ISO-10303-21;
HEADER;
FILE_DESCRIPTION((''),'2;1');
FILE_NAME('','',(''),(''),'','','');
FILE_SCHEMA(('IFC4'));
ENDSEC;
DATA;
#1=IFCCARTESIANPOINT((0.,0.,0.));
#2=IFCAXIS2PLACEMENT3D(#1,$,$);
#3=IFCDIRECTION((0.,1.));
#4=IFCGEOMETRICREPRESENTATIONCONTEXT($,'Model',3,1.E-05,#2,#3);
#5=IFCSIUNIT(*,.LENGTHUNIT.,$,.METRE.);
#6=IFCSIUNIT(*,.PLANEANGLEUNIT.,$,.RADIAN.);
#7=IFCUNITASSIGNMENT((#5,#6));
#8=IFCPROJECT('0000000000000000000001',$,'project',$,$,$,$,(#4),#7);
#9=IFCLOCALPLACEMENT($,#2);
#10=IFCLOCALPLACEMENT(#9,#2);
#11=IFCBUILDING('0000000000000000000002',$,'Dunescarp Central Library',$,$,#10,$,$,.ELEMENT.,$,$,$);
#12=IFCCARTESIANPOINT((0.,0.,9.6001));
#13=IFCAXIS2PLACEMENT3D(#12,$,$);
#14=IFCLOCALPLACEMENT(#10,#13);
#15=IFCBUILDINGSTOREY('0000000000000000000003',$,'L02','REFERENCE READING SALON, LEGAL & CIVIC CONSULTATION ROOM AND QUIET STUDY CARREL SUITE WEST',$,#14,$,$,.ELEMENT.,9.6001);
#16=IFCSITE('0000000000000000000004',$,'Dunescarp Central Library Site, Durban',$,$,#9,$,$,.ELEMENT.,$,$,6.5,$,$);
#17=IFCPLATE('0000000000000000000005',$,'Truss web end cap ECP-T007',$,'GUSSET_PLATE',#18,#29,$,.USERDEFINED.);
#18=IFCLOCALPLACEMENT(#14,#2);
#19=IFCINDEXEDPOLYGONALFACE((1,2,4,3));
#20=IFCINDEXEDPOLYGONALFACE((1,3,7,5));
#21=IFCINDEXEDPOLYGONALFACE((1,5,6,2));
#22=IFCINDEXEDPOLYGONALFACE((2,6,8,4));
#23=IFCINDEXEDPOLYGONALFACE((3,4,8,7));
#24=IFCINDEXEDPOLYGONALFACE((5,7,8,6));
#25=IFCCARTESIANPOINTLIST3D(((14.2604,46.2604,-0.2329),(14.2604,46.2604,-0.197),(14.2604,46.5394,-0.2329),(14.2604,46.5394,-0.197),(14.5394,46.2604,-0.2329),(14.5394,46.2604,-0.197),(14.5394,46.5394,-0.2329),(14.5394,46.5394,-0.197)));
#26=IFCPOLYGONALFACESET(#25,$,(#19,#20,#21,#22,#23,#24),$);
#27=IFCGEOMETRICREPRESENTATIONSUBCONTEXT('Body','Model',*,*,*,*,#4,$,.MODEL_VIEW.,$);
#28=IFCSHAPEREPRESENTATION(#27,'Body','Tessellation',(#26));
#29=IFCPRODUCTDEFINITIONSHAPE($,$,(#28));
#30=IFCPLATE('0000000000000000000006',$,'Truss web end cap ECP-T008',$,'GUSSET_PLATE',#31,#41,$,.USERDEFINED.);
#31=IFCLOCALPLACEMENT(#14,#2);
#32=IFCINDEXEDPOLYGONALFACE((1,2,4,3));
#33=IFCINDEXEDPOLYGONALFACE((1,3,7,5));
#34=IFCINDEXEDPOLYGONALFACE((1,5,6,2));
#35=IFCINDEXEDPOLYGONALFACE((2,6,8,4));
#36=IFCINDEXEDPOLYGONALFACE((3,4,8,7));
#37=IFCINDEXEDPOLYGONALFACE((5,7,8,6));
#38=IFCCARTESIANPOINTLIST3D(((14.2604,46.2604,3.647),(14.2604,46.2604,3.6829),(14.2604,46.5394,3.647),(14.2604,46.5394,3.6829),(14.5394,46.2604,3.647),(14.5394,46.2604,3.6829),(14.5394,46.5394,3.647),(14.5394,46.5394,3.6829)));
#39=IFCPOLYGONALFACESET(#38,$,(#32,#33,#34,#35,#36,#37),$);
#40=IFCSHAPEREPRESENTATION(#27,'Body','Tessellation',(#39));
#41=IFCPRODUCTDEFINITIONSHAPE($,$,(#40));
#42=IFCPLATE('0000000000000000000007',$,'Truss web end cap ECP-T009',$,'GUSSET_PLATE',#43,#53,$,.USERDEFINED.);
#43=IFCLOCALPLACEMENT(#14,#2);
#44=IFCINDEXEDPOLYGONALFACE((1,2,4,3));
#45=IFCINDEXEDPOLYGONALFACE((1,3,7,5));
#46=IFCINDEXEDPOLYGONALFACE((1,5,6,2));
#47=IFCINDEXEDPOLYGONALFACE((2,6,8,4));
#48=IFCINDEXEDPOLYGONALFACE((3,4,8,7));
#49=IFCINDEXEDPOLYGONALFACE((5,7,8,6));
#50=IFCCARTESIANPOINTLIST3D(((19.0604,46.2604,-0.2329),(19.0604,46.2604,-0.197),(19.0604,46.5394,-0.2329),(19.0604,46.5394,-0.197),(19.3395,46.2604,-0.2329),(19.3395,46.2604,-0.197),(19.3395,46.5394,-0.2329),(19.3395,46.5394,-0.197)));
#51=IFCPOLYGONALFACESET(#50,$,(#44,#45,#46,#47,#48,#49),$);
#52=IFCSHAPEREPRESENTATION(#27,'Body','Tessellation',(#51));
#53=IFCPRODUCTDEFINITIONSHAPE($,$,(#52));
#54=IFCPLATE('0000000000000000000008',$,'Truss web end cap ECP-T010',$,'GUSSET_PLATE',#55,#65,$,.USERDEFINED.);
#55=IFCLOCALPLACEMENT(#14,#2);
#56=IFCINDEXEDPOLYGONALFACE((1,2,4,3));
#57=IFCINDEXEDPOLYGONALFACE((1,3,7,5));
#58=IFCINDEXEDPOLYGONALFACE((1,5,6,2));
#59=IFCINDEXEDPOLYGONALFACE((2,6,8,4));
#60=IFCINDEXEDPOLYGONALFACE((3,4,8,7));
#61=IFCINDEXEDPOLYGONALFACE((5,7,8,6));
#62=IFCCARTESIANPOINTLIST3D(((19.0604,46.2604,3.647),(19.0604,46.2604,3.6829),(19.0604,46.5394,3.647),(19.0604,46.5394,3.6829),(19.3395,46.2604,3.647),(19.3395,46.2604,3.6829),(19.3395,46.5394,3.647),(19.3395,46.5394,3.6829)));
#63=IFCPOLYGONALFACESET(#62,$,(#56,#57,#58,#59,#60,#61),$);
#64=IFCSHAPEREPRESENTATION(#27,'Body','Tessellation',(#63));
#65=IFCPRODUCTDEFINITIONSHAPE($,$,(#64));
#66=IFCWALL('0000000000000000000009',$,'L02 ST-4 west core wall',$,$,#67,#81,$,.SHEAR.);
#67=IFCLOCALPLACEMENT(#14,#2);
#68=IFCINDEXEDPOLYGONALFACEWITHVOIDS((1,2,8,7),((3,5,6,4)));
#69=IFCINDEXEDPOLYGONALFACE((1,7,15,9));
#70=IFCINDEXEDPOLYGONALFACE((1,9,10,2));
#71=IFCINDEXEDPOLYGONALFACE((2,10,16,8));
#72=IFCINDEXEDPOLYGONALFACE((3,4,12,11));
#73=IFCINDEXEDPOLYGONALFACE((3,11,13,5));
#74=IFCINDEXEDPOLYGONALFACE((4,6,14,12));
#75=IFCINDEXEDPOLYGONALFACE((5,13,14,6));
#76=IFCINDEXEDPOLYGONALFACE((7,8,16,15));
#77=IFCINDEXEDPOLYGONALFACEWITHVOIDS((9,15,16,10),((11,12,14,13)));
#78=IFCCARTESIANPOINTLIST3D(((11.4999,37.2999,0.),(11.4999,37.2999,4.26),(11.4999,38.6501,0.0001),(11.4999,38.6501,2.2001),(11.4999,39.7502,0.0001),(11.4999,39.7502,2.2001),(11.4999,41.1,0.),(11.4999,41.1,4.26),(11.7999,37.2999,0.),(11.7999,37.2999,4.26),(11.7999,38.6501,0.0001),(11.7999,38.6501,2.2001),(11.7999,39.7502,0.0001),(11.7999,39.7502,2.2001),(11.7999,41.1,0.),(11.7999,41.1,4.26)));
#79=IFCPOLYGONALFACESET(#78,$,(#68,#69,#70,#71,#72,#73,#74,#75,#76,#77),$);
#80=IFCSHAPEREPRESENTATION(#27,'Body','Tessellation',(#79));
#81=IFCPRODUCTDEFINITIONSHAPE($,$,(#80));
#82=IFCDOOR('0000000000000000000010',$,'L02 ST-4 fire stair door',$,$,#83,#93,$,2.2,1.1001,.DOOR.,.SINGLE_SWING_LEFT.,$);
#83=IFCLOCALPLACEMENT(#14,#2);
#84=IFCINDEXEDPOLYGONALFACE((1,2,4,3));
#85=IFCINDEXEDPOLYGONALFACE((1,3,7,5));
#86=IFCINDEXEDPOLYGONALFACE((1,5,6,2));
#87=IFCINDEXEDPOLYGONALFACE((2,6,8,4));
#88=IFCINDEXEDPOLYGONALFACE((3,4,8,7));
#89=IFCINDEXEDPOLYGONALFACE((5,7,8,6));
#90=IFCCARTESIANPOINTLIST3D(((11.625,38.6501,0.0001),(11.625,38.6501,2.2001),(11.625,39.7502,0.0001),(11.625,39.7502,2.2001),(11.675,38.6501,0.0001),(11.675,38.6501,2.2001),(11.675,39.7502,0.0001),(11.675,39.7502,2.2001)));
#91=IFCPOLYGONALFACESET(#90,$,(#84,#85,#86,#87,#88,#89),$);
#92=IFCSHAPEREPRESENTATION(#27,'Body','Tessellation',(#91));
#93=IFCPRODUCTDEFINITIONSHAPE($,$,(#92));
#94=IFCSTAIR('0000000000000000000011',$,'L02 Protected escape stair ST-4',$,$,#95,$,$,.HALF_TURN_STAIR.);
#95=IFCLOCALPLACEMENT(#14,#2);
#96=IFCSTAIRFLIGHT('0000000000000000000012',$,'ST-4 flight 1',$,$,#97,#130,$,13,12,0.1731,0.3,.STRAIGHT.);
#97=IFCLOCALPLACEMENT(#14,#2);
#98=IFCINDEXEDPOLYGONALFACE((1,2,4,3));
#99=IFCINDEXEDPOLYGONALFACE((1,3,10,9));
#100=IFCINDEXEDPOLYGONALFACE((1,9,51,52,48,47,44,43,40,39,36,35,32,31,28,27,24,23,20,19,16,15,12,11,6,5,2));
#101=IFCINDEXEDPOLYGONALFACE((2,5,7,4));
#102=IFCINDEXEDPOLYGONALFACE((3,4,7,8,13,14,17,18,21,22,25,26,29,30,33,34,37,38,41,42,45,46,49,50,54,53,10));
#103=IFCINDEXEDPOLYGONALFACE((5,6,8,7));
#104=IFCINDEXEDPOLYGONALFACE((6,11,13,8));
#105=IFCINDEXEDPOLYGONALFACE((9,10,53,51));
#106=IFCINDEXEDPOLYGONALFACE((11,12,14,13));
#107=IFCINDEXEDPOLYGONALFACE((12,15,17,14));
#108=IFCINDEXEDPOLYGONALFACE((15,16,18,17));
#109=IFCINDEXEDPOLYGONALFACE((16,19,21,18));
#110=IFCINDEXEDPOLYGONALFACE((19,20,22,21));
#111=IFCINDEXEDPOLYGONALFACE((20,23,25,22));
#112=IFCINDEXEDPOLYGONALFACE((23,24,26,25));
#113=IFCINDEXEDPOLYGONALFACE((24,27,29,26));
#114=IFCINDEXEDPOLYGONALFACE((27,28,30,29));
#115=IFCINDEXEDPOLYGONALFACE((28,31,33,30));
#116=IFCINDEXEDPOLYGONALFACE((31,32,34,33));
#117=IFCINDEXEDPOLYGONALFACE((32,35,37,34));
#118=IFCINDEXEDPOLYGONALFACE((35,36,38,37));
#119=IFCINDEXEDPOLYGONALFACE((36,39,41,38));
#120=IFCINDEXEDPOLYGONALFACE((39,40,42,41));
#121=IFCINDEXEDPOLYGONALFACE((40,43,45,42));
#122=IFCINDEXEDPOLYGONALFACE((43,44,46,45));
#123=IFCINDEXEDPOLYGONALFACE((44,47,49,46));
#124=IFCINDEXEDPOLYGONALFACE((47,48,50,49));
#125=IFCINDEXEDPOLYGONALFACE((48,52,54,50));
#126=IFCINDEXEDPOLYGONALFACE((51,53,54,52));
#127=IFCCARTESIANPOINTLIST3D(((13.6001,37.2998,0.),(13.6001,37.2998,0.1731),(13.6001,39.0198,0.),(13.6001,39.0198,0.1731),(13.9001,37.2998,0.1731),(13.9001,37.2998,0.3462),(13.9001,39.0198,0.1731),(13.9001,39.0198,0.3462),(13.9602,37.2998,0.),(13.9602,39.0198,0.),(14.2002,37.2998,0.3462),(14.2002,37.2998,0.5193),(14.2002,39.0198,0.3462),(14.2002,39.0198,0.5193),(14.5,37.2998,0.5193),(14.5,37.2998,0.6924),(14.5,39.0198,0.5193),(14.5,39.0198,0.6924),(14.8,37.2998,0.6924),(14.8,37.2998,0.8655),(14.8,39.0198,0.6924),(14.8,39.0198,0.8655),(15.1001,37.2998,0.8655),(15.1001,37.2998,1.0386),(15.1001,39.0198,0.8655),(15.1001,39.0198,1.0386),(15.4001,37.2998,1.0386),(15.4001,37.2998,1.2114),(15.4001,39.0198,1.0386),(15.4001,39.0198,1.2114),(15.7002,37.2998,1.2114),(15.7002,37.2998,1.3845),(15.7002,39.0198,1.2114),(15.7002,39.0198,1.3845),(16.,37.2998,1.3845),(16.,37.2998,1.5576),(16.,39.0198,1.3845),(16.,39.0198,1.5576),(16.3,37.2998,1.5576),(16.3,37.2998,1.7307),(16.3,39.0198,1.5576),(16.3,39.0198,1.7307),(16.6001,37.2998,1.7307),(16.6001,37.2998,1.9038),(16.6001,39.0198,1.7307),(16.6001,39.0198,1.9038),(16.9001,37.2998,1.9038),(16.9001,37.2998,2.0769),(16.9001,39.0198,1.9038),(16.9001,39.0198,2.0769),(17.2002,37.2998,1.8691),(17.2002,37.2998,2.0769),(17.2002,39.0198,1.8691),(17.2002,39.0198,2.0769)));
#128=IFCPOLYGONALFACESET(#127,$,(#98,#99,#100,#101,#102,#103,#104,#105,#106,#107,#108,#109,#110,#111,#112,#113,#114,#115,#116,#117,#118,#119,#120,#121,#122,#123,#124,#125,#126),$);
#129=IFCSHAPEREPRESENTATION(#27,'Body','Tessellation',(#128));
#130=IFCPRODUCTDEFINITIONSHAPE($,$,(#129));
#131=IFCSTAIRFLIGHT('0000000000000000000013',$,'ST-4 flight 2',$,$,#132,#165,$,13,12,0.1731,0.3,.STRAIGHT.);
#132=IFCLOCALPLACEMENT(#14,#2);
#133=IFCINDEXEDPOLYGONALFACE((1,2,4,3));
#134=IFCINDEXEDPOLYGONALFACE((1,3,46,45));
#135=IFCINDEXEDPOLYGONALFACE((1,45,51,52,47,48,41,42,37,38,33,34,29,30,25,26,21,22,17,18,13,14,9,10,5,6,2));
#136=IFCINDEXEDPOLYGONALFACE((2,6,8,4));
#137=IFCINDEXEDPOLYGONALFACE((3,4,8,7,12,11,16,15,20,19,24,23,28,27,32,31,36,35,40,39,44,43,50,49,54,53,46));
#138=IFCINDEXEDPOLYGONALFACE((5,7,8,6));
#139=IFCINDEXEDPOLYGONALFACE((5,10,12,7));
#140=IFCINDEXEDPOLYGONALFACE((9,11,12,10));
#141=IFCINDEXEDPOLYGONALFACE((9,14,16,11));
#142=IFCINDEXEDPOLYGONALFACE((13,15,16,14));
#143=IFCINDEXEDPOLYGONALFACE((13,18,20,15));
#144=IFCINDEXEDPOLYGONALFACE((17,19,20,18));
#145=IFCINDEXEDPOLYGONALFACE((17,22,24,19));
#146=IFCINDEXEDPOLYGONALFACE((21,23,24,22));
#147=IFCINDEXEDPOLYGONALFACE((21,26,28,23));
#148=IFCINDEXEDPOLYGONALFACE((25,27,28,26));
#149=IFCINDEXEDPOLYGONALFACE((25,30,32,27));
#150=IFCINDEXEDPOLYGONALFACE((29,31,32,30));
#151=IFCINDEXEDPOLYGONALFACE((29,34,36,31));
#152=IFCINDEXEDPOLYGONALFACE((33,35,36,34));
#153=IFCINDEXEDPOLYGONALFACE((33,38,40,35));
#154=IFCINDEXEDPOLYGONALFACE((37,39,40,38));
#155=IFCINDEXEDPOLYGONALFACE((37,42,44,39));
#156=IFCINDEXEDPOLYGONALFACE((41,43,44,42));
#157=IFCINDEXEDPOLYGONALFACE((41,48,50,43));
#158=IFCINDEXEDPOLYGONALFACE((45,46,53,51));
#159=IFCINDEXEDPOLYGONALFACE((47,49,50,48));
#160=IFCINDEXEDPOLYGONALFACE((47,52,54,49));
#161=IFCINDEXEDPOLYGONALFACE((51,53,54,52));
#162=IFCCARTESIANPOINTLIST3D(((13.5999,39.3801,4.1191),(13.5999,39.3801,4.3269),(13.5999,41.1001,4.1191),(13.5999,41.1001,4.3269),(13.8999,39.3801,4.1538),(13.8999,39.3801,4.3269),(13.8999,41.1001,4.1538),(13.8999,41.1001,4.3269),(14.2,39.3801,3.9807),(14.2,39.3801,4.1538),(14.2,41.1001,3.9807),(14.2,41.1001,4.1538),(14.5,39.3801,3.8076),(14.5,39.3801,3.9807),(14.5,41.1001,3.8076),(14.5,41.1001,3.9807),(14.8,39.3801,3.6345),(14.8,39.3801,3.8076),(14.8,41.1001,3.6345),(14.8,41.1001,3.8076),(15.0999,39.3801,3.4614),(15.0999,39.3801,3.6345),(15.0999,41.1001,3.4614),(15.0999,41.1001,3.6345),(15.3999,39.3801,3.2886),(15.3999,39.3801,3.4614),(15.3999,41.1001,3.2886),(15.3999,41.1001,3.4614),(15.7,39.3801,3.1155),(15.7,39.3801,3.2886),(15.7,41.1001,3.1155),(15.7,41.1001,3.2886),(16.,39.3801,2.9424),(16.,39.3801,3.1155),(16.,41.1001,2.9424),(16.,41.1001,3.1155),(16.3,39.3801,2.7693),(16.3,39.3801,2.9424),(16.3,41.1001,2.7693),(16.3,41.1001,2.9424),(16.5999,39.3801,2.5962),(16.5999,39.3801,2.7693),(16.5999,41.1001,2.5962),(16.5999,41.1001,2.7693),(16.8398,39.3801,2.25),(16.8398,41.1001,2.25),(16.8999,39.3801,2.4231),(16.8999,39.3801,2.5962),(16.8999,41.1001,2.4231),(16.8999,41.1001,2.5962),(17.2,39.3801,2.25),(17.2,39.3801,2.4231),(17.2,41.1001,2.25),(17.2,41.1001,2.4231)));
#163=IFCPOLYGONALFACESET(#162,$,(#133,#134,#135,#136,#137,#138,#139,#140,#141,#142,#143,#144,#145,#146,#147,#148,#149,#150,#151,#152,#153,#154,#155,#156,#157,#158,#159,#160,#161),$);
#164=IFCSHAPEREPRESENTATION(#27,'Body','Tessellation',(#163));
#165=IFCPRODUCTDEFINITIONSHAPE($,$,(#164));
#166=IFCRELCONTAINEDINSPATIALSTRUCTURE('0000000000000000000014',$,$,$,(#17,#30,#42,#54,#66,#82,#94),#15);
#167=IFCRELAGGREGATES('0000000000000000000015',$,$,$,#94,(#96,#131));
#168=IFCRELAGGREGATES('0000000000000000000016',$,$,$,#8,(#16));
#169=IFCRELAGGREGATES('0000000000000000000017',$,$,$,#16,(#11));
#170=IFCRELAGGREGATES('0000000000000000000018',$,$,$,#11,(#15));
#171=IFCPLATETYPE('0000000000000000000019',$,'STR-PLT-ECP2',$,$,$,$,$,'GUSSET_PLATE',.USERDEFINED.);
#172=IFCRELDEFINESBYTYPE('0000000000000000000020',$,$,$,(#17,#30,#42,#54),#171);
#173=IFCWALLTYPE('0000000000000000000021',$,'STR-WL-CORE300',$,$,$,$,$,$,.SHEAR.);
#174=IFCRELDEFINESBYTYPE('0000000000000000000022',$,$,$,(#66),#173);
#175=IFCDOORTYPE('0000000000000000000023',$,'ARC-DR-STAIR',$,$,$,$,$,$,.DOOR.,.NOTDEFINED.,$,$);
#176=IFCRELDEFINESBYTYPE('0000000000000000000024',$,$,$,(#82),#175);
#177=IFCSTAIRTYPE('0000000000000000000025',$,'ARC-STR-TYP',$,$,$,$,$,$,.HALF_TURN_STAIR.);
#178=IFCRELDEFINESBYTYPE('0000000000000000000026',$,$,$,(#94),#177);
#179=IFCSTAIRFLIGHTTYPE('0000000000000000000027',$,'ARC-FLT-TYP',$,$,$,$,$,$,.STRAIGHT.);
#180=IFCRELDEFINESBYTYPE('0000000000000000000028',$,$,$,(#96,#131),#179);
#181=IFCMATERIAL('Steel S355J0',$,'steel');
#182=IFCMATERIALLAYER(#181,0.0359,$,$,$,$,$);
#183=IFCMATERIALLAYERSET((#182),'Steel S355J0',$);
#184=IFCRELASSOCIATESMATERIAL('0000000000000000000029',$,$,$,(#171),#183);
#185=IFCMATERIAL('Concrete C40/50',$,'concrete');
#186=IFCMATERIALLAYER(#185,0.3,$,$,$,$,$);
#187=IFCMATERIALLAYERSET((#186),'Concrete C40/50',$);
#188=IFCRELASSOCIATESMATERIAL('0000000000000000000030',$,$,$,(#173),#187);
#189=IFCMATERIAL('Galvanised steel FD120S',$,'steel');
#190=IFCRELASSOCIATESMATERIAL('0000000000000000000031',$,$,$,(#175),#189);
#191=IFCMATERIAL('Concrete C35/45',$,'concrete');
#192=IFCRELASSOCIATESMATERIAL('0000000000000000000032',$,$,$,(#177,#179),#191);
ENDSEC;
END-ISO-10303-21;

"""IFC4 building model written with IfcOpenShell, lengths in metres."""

from ifc_helpers import new_model, si_unit, direction, frame, frame_2d, origin, origin_2d, place, context, subcontext, project, spatial, polyline, rectangle, outline, extrude, material, layer, layer_set, type_object, element, fill, aggregate, save


model = new_model("IFC4")

# Units and contexts
model_context = context("Model", 3, precision=1e-05, world=origin(), true_north=direction((0.0, 1.0)))
body_context = subcontext(model_context, "Body", "Model", "MODEL_VIEW")
ifc_project = project(units=[si_unit("LENGTHUNIT", "METRE"), si_unit("PLANEANGLEUNIT", "RADIAN")], contexts=[model_context])

# Site, building, storey
site_placement = place(None, origin())
site = spatial("IfcSite", under=ifc_project, at=site_placement, Name="Dunescarp Central Library Site, Durban", CompositionType="ELEMENT", RefElevation=6.5)
building_placement = place(site_placement, origin())
building = spatial("IfcBuilding", under=site, at=building_placement, Name="Dunescarp Central Library", CompositionType="ELEMENT")
storey_placement = place(building_placement, frame((0.0, 0.0, 9.6001)))
storey = spatial("IfcBuildingStorey", under=building, at=storey_placement, Name="L02", Description="REFERENCE READING SALON, LEGAL & CIVIC CONSULTATION ROOM AND QUIET STUDY CARREL SUITE WEST", CompositionType="ELEMENT", Elevation=9.6001)

# Shared definitions
ifc_material_1 = material(Name="Steel S355J0", Category="steel")

# Plates
ifc_layer_1 = layer(ifc_material_1, 0.0359)
ifc_layer_set_1 = layer_set([ifc_layer_1], Name="Steel S355J0")
plate_type_1 = type_object("IfcPlateType", Name="STR-PLT-ECP2", ElementType="GUSSET_PLATE", PredefinedType="USERDEFINED", material=ifc_layer_set_1)
for number, where, z_axis, x_axis, name in (
    (1, (14.3999, 46.3999, -0.2329), (0.0, 0.0, 1.0), (1.0, 0.0, 0.0), "Truss web end cap ECP-T007"),
    (2, (14.3999, 46.3999, 3.647), (0.0, 0.0, 1.0), (1.0, 0.0, 0.0), "Truss web end cap ECP-T008"),
    (3, (19.2, 46.3999, -0.2329), (0.0, 0.0, 1.0), (1.0, 0.0, 0.0), "Truss web end cap ECP-T009"),
    (4, (19.2, 46.3999, 3.647), (0.0, 0.0, 1.0), (1.0, 0.0, 0.0), "Truss web end cap ECP-T010"),
):
    element("IfcPlate", number, at=place(storey_placement, frame(where, z_axis=z_axis, x_axis=x_axis)), inside=storey, type_object=plate_type_1, Name=name, ObjectType="GUSSET_PLATE", PredefinedType="USERDEFINED", context=body_context, shape_type="SweptSolid", body=[
        extrude(rectangle(XDim=0.2791, YDim=0.2791, at=origin_2d()), origin(), (0.0, 0.0, 1.0), 0.0359),
    ])

# Wall, opening, door
ifc_material_2 = material(Name="Concrete C40/50", Category="concrete")
ifc_layer_2 = layer(ifc_material_2, 0.3)
ifc_layer_set_2 = layer_set([ifc_layer_2], Name="Concrete C40/50")
wall_type = type_object("IfcWallType", Name="STR-WL-CORE300", PredefinedType="SHEAR", material=ifc_layer_set_2)
wall_placement = place(storey_placement, frame((11.6499, 37.3, 0.0), z_axis=(0.0, 0.0, 1.0), x_axis=(0.0, 1.0, 0.0)))
wall = element("IfcWall", 5, at=wall_placement, inside=storey, type_object=wall_type, Name="L02 ST-4 west core wall", PredefinedType="SHEAR", context=body_context, shape_type="SweptSolid", body=[
    extrude(rectangle(XDim=3.8, YDim=0.3, at=frame_2d((1.8999, 0.0))), origin(), (0.0, 0.0, 1.0), 4.26),
])
opening_placement = place(wall_placement, frame((1.3501, 0.0, 0.0)))
opening = element("IfcOpeningElement", 6, at=opening_placement, cuts=wall, PredefinedType="OPENING", context=body_context, shape_type="SweptSolid", body=[
    extrude(rectangle(XDim=1.1001, YDim=2.2, at=frame_2d((0.55, 1.1001))), frame((0.0, 0.1602, 0.0), z_axis=(0.0, -1.0, 0.0), x_axis=(1.0, 0.0, 0.0)), (0.0, 0.0, 1.0), 0.3201),
])
ifc_material_3 = material(Name="Galvanised steel FD120S", Category="steel")
door_type = type_object("IfcDoorType", Name="ARC-DR-STAIR", OperationType="NOTDEFINED", PredefinedType="DOOR", material=ifc_material_3)
door_placement = place(opening_placement, origin())
door = element("IfcDoor", 7, at=door_placement, inside=storey, type_object=door_type, Name="L02 ST-4 fire stair door", OperationType="SINGLE_SWING_LEFT", OverallHeight=2.2, OverallWidth=1.1001, PredefinedType="DOOR", context=body_context, shape_type="SweptSolid", body=[
    extrude(rectangle(XDim=1.1001, YDim=2.2, at=frame_2d((0.55, 1.1001))), frame((0.0, 0.0249, 0.0), z_axis=(0.0, -1.0, 0.0), x_axis=(1.0, 0.0, 0.0)), (0.0, 0.0, 1.0), 0.05),
])
fill(opening, door)

# Stair, stair flights
ifc_material_4 = material(Name="Concrete C35/45", Category="concrete")
stair_type = type_object("IfcStairType", Name="ARC-STR-TYP", PredefinedType="HALF_TURN_STAIR", material=ifc_material_4)
stair_placement = place(storey_placement, origin())
stair = element("IfcStair", 8, at=stair_placement, inside=storey, type_object=stair_type, Name="L02 Protected escape stair ST-4", PredefinedType="HALF_TURN_STAIR")
stair_flight_type = type_object("IfcStairFlightType", Name="ARC-FLT-TYP", PredefinedType="STRAIGHT", material=ifc_material_4)
stair_flight_1_placement = place(storey_placement, frame((13.6001, 38.1599, 0.0), z_axis=(0.0, 0.0, 1.0), x_axis=(1.0, 0.0, 0.0)))
stair_flight_1 = element("IfcStairFlight", 9, at=stair_flight_1_placement, type_object=stair_flight_type, Name="ST-4 flight 1", NumberOfRisers=13, NumberOfTreads=12, PredefinedType="STRAIGHT", RiserHeight=0.1731, TreadLength=0.3, context=body_context, shape_type="SweptSolid", body=[
    extrude(outline(polyline([(0.0, 0.0), (0.0, 0.1731), (0.3, 0.1731), (0.3, 0.3462), (0.6001, 0.3462), (0.6001, 0.5193), (0.8999, 0.5193), (0.8999, 0.6924), (1.2, 0.6924), (1.2, 0.8655), (1.5, 0.8655), (1.5, 1.0386), (1.8, 1.0386), (1.8, 1.2114), (2.1001, 1.2114), (2.1001, 1.3845), (2.3999, 1.3845), (2.3999, 1.5576), (2.7, 1.5576), (2.7, 1.7307), (3.0, 1.7307), (3.0, 1.9038), (3.3, 1.9038), (3.3, 2.0769), (3.6001, 2.0769), (3.6001, 2.25), (3.6001, 1.8691), (0.3601, 0.0), (0.0, 0.0)])), frame((0.0, 0.8599, 0.0), z_axis=(0.0, -1.0, 0.0), x_axis=(1.0, 0.0, 0.0)), (0.0, 0.0, 1.0), 1.72),
])
stair_flight_2_placement = place(storey_placement, frame((17.2, 40.24, 2.25), z_axis=(0.0, 0.0, 1.0), x_axis=(-1.0, 0.0, 0.0)))
stair_flight_2 = element("IfcStairFlight", 10, at=stair_flight_2_placement, type_object=stair_flight_type, Name="ST-4 flight 2", NumberOfRisers=13, NumberOfTreads=12, PredefinedType="STRAIGHT", RiserHeight=0.1731, TreadLength=0.3, context=body_context, shape_type="SweptSolid", body=[
    extrude(outline(polyline([(0.0, 0.0), (0.0, 0.1731), (0.3, 0.1731), (0.3, 0.3462), (0.6001, 0.3462), (0.6001, 0.5193), (0.8999, 0.5193), (0.8999, 0.6924), (1.2, 0.6924), (1.2, 0.8655), (1.5, 0.8655), (1.5, 1.0386), (1.8, 1.0386), (1.8, 1.2114), (2.1001, 1.2114), (2.1001, 1.3845), (2.3999, 1.3845), (2.3999, 1.5576), (2.7, 1.5576), (2.7, 1.7307), (3.0, 1.7307), (3.0, 1.9038), (3.3, 1.9038), (3.3, 2.0769), (3.6001, 2.0769), (3.6001, 2.25), (3.6001, 1.8691), (0.3601, 0.0), (0.0, 0.0)])), frame((0.0, 0.8599, 0.0), z_axis=(0.0, -1.0, 0.0), x_axis=(1.0, 0.0, 0.0)), (0.0, 0.0, 1.0), 1.72),
])
aggregate(stair, [stair_flight_1, stair_flight_2])

save(model, "model.ifc")
